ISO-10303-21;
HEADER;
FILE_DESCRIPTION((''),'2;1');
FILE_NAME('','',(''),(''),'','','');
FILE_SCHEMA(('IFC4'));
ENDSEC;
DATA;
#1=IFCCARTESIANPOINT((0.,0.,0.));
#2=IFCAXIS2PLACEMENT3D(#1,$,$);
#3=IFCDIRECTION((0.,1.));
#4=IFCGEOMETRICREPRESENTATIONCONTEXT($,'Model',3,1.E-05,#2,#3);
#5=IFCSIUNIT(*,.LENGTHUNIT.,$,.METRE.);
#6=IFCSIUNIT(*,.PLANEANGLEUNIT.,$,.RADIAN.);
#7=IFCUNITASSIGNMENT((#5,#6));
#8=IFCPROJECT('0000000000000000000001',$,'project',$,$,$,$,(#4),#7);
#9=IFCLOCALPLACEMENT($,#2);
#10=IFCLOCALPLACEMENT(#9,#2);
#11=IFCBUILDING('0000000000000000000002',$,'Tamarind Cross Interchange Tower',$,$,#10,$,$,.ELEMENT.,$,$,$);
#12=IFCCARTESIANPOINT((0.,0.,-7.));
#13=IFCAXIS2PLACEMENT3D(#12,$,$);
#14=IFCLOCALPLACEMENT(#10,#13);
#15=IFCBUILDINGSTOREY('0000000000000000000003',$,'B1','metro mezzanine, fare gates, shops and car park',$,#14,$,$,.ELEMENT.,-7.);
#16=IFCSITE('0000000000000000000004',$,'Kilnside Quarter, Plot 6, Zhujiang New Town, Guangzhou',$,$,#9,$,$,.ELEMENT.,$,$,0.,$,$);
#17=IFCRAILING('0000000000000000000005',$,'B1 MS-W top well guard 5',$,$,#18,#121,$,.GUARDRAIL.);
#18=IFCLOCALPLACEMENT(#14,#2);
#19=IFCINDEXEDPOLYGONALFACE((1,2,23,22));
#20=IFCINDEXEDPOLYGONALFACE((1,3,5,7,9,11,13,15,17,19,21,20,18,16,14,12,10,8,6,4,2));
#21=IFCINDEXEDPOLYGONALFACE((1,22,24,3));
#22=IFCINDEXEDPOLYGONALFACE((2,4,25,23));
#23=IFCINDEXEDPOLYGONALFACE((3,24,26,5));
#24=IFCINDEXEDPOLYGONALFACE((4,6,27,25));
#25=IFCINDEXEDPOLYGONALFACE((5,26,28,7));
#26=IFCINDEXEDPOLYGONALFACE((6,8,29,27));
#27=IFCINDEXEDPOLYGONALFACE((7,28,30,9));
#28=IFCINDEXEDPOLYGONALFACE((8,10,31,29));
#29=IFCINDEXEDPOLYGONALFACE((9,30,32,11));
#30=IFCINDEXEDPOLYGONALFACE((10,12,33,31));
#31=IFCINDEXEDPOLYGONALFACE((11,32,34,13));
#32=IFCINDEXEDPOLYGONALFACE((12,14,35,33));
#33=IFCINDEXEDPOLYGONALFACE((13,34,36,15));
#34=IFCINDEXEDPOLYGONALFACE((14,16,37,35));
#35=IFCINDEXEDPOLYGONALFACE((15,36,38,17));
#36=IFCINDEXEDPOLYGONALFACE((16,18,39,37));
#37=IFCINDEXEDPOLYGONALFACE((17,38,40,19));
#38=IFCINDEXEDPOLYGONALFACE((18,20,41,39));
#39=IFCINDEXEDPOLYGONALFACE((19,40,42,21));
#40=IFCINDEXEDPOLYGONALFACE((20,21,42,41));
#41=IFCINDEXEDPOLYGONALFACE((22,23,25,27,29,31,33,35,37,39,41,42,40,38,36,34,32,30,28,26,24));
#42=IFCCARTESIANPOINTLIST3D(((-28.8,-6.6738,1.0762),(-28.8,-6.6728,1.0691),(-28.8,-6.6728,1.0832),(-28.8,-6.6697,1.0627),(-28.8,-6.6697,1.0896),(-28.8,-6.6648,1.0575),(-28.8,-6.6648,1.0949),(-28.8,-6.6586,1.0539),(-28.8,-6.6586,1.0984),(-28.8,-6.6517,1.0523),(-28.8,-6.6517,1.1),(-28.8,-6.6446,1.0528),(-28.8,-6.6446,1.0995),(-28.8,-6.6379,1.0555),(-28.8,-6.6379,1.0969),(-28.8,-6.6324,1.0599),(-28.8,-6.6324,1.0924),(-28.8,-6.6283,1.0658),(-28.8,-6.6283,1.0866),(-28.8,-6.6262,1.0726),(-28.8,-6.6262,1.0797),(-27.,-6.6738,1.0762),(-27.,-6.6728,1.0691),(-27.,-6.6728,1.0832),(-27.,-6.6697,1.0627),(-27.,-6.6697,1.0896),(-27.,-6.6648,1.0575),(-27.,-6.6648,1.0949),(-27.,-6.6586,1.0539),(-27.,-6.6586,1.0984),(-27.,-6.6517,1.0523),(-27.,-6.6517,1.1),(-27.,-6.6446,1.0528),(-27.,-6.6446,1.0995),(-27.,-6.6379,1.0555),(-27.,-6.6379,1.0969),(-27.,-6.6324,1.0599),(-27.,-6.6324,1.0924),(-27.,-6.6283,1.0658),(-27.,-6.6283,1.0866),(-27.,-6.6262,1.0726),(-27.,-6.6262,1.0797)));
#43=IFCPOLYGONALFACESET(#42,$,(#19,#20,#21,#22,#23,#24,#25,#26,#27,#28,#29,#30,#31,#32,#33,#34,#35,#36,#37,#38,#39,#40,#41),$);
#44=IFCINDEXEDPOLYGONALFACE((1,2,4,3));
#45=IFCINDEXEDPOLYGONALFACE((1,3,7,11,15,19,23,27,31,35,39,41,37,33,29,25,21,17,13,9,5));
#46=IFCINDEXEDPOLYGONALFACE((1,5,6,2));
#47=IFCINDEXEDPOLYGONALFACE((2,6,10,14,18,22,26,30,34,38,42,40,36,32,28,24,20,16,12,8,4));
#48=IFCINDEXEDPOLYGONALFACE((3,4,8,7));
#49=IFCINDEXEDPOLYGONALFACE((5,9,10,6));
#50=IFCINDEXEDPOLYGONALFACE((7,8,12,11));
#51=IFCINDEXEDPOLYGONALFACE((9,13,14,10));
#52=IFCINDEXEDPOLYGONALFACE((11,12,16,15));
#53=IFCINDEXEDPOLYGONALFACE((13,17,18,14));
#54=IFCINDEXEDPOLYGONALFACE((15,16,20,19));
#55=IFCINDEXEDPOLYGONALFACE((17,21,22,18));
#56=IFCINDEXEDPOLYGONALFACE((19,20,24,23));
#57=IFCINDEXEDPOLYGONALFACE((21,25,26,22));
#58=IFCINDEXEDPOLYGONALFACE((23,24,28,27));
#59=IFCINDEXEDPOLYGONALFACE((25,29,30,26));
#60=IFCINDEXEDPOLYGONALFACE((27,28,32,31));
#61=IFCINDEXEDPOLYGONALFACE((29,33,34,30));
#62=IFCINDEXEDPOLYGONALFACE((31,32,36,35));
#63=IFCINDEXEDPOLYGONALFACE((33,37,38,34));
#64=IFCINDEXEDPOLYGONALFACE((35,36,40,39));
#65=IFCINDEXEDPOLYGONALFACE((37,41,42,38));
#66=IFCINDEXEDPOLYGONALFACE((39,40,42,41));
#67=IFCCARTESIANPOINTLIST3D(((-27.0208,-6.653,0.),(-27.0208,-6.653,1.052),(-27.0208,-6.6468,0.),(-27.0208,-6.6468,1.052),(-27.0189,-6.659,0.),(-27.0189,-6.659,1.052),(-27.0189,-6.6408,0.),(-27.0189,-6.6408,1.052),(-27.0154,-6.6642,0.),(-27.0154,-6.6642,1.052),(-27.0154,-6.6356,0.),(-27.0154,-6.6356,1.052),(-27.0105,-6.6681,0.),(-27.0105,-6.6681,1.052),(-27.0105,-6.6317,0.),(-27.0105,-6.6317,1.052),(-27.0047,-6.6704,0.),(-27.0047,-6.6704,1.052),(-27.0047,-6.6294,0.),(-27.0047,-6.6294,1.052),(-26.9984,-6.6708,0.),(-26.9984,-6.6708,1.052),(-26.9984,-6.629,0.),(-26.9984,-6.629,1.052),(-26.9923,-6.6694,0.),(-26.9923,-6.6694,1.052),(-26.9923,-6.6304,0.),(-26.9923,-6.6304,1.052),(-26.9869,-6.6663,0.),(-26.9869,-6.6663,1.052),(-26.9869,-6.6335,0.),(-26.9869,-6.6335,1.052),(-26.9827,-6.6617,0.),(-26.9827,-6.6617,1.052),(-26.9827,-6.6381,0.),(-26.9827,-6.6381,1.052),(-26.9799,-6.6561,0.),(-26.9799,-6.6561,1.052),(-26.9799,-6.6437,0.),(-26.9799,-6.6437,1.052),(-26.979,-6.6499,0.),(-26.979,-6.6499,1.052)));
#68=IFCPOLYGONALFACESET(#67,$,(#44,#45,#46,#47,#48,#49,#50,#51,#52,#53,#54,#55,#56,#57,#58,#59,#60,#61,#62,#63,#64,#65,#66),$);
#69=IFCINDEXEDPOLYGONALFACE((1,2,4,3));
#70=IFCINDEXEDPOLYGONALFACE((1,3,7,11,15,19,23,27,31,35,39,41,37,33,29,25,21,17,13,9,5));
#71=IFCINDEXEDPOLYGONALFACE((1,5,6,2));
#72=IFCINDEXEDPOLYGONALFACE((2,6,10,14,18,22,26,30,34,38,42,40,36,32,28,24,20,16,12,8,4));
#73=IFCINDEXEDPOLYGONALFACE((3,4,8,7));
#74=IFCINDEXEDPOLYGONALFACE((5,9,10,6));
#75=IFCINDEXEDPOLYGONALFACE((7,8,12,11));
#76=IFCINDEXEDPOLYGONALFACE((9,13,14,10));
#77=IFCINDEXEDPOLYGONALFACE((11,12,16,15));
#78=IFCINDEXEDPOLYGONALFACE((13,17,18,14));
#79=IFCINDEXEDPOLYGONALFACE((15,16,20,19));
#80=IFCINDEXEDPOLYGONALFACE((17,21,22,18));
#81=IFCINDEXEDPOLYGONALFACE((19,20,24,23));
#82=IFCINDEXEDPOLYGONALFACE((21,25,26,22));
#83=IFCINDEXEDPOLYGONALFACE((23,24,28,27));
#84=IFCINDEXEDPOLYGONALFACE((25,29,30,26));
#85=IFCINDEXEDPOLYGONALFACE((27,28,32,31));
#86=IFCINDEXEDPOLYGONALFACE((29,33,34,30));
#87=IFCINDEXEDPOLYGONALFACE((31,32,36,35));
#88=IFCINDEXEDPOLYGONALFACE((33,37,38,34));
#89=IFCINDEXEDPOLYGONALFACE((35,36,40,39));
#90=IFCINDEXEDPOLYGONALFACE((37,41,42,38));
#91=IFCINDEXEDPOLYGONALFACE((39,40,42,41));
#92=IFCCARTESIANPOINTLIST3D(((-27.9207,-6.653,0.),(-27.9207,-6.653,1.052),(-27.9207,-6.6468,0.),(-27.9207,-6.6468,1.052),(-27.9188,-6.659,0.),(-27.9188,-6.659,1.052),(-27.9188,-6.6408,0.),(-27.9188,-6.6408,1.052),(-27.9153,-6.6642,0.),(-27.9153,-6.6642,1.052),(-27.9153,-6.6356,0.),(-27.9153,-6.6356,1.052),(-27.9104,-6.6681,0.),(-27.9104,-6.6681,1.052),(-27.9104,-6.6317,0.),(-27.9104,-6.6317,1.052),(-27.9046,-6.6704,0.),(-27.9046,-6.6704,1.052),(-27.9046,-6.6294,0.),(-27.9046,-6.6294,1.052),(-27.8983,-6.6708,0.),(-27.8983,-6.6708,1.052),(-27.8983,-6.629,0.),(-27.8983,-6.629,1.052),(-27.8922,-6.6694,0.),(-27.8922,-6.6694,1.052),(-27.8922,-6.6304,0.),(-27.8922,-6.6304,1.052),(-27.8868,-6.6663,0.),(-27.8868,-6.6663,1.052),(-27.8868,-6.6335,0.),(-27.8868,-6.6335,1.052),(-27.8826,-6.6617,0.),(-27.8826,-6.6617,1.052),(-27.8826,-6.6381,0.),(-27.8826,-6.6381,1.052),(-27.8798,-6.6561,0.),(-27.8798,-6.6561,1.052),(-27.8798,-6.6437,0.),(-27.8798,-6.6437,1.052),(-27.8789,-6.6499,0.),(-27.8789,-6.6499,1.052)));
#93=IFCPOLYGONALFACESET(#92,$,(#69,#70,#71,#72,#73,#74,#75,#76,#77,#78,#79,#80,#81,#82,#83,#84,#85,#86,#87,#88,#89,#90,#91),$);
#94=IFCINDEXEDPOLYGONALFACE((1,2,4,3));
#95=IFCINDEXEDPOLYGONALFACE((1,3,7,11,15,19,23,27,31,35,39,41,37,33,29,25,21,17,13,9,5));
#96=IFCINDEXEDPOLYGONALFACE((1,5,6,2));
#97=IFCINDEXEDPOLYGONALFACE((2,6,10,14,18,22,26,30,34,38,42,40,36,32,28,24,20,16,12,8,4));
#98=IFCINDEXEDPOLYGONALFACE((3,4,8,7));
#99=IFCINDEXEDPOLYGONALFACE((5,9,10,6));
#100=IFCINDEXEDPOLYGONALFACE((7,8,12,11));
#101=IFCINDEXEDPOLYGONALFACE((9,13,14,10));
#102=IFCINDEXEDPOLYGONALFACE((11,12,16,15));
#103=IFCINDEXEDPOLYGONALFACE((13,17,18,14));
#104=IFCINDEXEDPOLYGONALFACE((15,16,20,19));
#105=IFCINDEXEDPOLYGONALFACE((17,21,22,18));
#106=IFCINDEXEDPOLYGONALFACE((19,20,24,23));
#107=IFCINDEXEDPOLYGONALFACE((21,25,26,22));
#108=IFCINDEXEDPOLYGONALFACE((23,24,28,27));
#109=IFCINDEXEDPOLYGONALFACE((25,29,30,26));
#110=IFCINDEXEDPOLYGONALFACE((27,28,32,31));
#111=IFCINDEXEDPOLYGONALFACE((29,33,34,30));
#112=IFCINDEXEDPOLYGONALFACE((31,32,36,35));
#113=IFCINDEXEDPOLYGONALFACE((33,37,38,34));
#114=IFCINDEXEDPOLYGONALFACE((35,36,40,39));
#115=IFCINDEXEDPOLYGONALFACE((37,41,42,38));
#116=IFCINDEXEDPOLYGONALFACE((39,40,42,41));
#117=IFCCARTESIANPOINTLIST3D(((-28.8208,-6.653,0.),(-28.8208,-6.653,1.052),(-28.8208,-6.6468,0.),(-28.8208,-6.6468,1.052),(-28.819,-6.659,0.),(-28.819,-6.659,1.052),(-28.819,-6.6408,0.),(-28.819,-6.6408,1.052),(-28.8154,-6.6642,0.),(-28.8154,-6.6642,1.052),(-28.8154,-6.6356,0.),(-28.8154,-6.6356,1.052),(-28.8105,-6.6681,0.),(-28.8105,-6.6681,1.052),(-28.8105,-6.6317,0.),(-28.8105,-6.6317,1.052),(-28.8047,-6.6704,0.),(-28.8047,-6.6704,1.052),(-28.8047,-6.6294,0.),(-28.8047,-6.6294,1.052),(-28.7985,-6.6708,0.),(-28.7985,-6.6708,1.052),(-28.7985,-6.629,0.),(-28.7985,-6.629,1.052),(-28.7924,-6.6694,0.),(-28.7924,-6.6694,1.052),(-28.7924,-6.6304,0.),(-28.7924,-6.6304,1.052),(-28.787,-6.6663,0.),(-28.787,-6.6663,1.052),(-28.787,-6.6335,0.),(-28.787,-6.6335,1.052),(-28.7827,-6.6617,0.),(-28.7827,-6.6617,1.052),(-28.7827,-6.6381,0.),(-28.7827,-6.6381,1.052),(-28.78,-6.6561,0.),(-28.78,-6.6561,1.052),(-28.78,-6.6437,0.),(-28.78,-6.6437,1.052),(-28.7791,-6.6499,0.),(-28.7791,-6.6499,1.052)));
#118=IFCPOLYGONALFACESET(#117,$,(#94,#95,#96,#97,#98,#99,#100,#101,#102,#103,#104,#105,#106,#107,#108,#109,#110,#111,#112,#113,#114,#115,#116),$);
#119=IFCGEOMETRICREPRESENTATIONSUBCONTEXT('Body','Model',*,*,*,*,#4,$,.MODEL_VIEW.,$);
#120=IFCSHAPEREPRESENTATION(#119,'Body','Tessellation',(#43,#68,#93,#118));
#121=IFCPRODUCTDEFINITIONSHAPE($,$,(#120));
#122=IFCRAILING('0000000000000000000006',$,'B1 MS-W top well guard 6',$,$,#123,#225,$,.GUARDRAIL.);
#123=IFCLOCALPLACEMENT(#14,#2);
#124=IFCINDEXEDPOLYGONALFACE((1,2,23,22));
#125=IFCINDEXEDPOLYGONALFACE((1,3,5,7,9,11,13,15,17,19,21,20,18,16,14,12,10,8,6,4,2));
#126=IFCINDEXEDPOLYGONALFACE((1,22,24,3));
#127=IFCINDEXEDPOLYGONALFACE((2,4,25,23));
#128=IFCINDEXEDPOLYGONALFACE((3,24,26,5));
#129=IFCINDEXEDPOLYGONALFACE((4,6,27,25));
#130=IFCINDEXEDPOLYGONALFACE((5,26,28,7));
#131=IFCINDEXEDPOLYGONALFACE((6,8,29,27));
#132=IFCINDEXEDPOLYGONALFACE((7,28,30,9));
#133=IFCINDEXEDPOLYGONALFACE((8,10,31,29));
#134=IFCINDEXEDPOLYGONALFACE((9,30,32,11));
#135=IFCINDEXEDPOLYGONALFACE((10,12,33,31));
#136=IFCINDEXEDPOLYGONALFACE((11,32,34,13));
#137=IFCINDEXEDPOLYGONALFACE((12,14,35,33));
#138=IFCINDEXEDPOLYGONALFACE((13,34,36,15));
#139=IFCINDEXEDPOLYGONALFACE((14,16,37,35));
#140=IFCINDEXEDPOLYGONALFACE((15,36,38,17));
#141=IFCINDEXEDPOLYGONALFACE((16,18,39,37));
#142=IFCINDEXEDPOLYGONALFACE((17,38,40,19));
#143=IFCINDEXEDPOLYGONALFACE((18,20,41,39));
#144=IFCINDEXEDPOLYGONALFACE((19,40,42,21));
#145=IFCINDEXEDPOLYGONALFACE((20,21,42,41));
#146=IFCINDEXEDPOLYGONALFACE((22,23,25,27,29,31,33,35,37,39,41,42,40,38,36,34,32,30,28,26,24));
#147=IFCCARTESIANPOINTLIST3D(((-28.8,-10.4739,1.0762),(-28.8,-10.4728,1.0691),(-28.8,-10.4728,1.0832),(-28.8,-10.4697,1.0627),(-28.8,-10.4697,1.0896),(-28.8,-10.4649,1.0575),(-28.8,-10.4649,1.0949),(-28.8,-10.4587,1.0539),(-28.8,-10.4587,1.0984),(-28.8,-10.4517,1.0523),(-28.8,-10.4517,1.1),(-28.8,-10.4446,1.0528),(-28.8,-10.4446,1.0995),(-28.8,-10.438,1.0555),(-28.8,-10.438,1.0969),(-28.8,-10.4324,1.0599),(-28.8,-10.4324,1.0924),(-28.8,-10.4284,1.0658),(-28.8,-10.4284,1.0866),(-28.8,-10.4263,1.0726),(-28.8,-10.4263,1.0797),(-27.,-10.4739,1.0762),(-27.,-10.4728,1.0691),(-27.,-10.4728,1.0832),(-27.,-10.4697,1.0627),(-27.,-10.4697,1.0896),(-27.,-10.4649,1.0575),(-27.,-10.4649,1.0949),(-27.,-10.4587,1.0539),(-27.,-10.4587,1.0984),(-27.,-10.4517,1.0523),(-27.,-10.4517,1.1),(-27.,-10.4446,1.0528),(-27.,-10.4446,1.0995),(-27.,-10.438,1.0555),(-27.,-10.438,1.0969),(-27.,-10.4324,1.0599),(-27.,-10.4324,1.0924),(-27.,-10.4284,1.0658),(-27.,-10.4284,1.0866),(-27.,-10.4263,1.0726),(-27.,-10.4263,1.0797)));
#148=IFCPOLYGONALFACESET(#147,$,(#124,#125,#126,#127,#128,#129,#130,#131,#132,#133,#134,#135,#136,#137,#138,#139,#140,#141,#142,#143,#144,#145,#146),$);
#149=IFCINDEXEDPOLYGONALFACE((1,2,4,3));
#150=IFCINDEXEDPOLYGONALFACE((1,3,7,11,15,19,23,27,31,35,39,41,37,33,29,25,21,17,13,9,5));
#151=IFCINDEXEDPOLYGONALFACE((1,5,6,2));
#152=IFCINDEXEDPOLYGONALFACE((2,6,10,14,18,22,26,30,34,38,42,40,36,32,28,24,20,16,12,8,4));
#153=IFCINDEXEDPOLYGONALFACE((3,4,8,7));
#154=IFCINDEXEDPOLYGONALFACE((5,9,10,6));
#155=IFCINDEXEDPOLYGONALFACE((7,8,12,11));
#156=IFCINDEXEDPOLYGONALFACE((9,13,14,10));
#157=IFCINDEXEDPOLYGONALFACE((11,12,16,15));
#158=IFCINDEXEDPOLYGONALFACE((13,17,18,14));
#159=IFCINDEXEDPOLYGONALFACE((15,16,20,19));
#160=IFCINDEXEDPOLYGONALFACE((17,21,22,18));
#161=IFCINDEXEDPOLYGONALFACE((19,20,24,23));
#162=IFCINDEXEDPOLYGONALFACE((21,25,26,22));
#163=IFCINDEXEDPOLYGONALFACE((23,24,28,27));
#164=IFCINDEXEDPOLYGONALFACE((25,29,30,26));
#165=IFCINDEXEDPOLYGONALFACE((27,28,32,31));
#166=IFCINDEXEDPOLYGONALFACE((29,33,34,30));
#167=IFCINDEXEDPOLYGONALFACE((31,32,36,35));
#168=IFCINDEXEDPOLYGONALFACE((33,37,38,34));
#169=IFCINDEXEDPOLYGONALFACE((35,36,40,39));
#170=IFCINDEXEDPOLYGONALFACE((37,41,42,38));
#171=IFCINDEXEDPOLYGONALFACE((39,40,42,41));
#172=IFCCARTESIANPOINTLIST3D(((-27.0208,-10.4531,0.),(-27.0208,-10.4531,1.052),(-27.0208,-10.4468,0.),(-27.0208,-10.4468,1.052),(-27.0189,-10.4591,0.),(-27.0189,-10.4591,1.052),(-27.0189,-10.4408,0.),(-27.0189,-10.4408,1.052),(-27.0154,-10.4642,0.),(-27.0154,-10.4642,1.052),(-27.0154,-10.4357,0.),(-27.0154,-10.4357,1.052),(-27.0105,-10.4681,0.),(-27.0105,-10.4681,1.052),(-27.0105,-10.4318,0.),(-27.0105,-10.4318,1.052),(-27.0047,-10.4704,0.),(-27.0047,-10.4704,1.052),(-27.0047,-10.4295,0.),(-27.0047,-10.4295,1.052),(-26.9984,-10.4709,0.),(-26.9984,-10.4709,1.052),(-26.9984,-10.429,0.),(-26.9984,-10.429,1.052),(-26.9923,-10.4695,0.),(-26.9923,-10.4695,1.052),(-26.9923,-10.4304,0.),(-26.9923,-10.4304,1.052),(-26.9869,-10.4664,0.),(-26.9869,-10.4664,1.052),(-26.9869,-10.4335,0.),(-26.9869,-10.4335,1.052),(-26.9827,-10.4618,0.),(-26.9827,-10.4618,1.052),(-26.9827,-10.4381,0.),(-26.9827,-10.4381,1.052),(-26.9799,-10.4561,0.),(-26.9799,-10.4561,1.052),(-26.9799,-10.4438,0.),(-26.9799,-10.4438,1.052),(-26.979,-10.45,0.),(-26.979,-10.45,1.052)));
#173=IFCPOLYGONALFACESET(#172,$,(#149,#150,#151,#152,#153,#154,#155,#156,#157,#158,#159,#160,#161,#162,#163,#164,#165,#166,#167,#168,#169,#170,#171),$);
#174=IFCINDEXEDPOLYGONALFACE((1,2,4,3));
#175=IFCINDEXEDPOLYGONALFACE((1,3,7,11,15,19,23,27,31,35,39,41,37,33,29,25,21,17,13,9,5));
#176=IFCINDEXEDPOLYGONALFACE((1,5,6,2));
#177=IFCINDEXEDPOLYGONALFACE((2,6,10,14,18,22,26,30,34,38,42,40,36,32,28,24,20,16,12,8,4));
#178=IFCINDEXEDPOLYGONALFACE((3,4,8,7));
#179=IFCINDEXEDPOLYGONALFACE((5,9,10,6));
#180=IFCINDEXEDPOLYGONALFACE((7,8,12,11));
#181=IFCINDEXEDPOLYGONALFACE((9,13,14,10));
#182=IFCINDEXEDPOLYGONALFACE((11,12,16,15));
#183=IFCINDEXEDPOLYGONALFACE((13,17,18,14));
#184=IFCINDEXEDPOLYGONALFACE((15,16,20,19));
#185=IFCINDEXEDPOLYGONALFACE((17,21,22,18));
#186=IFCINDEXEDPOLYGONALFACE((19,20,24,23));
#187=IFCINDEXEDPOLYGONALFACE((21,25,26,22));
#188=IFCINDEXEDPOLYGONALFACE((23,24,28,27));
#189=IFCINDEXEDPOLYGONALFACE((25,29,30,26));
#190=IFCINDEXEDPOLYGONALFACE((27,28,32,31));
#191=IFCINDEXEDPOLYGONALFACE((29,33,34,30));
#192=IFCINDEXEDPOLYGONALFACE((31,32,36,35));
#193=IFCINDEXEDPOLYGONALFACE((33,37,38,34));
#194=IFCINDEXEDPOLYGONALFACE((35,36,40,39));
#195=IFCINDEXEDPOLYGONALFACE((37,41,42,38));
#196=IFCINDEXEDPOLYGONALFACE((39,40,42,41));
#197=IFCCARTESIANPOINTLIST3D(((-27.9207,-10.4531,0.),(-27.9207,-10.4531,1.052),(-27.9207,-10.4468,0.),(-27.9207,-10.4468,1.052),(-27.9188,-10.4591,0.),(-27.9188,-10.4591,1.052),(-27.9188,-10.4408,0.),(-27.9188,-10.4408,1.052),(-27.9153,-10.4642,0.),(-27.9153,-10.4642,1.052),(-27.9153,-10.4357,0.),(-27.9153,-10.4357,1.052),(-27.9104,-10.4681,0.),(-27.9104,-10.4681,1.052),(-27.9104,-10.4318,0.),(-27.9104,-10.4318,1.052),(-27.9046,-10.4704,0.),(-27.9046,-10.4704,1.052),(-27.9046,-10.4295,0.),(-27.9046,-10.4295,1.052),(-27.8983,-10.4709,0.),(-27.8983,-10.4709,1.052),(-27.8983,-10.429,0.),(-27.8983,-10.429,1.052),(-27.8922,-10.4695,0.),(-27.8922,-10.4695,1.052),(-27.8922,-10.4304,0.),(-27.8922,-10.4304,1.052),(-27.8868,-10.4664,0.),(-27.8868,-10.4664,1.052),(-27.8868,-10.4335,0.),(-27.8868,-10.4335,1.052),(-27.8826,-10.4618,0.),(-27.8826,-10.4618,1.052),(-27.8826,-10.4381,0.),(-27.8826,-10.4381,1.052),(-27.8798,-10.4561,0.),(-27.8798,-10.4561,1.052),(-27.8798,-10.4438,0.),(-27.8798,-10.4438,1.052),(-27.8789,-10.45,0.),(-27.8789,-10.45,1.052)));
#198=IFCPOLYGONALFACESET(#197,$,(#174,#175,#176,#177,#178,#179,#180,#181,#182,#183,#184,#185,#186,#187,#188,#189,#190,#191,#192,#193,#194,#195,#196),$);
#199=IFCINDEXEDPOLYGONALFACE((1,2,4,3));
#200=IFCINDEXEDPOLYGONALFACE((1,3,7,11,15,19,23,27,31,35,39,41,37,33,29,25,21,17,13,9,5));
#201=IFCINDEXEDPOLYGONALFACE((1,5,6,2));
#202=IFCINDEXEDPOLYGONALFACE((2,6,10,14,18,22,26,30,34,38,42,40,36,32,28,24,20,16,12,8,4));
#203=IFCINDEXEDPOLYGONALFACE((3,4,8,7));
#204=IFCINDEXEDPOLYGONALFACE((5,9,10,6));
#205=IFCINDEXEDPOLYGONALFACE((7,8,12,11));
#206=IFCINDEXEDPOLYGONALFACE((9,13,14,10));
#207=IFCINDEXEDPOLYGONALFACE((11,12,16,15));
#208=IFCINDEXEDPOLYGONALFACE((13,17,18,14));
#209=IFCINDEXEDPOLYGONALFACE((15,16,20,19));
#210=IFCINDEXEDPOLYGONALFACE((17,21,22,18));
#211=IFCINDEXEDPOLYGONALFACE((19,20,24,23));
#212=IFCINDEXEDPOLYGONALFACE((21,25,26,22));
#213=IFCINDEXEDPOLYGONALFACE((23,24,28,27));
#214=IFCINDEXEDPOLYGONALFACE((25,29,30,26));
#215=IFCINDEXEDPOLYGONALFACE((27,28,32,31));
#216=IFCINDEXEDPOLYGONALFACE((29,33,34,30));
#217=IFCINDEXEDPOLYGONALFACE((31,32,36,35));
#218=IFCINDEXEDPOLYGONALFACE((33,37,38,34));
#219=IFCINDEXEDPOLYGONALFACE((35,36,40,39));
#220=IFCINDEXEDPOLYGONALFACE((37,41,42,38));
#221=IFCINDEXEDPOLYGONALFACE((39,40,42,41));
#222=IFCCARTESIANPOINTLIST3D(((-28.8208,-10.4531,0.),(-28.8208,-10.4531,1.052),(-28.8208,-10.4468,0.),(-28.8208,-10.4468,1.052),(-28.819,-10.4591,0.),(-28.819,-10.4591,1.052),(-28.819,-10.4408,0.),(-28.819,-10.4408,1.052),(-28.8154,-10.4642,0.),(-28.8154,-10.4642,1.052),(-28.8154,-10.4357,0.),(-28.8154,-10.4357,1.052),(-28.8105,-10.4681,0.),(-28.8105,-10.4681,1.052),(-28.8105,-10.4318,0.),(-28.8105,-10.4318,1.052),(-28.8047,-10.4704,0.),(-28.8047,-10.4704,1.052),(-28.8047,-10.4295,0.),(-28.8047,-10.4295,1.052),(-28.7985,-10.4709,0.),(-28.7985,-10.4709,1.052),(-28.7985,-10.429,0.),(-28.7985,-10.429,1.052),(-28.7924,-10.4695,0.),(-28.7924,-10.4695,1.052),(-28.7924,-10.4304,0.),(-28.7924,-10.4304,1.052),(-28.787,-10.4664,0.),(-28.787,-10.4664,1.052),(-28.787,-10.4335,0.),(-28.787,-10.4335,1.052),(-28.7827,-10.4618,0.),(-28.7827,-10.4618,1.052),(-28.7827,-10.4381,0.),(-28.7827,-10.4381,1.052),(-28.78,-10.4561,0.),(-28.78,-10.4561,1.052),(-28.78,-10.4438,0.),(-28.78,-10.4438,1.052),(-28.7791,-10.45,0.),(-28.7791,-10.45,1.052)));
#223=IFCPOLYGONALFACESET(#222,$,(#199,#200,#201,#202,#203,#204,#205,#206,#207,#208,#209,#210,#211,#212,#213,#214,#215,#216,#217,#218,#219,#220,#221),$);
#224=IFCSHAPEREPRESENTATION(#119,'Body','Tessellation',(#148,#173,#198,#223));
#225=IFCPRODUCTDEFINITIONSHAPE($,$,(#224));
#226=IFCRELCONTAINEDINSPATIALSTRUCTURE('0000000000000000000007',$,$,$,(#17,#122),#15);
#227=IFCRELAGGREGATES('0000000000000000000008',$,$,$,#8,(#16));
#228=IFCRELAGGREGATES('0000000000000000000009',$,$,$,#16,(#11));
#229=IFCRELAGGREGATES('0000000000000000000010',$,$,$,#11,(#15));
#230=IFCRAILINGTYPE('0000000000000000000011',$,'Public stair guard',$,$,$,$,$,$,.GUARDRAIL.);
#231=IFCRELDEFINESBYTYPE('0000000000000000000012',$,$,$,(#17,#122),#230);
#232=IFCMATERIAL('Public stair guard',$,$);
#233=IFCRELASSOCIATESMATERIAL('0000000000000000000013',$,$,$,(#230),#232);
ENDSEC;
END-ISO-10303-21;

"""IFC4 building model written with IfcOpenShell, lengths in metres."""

from ifc_helpers import new_model, si_unit, direction, frame, origin, origin_2d, place, context, subcontext, project, spatial, circle, extrude, material, type_object, element, save


model = new_model("IFC4")

# Units and contexts
model_context = context("Model", 3, precision=1e-05, world=origin(), true_north=direction((0.0, 1.0)))
body_context = subcontext(model_context, "Body", "Model", "MODEL_VIEW")
ifc_project = project(units=[si_unit("LENGTHUNIT", "METRE"), si_unit("PLANEANGLEUNIT", "RADIAN")], contexts=[model_context])

# Site, building, storey
site_placement = place(None, origin())
site = spatial("IfcSite", under=ifc_project, at=site_placement, Name="Kilnside Quarter, Plot 6, Zhujiang New Town, Guangzhou", CompositionType="ELEMENT", RefElevation=0.0)
building_placement = place(site_placement, origin())
building = spatial("IfcBuilding", under=site, at=building_placement, Name="Tamarind Cross Interchange Tower", CompositionType="ELEMENT")
storey_placement = place(building_placement, frame((0.0, 0.0, -7.0)))
storey = spatial("IfcBuildingStorey", under=building, at=storey_placement, Name="B1", Description="metro mezzanine, fare gates, shops and car park", CompositionType="ELEMENT", Elevation=-7.0)

# Railings
ifc_material_1 = material(Name="Public stair guard")
railing_type = type_object("IfcRailingType", Name="Public stair guard", PredefinedType="GUARDRAIL", material=ifc_material_1)
for number, where, name in (
    (1, (-27.0, -6.6499, 0.0), "B1 MS-W top well guard 5"),
    (2, (-27.0, -10.45, 0.0), "B1 MS-W top well guard 6"),
):
    element("IfcRailing", number, at=place(storey_placement, frame(where)), inside=storey, type_object=railing_type, Name=name, PredefinedType="GUARDRAIL", context=body_context, shape_type="SweptSolid", body=[
        extrude(circle(Radius=0.0239, at=origin_2d()), frame((0.0, 0.0, 1.0762), z_axis=(-1.0, 0.0, 0.0), x_axis=(0.0, -1.0, 0.0)), (0.0, 0.0, 1.0), 1.8),
        extrude(circle(Radius=0.021, at=origin_2d()), origin(), (0.0, 0.0, 1.0), 1.052),
        extrude(circle(Radius=0.021, at=origin_2d()), frame((-0.8999, 0.0, 0.0)), (0.0, 0.0, 1.0), 1.052),
        extrude(circle(Radius=0.021, at=origin_2d()), frame((-1.8, 0.0, 0.0)), (0.0, 0.0, 1.0), 1.052),
    ])

save(model, "model.ifc")
